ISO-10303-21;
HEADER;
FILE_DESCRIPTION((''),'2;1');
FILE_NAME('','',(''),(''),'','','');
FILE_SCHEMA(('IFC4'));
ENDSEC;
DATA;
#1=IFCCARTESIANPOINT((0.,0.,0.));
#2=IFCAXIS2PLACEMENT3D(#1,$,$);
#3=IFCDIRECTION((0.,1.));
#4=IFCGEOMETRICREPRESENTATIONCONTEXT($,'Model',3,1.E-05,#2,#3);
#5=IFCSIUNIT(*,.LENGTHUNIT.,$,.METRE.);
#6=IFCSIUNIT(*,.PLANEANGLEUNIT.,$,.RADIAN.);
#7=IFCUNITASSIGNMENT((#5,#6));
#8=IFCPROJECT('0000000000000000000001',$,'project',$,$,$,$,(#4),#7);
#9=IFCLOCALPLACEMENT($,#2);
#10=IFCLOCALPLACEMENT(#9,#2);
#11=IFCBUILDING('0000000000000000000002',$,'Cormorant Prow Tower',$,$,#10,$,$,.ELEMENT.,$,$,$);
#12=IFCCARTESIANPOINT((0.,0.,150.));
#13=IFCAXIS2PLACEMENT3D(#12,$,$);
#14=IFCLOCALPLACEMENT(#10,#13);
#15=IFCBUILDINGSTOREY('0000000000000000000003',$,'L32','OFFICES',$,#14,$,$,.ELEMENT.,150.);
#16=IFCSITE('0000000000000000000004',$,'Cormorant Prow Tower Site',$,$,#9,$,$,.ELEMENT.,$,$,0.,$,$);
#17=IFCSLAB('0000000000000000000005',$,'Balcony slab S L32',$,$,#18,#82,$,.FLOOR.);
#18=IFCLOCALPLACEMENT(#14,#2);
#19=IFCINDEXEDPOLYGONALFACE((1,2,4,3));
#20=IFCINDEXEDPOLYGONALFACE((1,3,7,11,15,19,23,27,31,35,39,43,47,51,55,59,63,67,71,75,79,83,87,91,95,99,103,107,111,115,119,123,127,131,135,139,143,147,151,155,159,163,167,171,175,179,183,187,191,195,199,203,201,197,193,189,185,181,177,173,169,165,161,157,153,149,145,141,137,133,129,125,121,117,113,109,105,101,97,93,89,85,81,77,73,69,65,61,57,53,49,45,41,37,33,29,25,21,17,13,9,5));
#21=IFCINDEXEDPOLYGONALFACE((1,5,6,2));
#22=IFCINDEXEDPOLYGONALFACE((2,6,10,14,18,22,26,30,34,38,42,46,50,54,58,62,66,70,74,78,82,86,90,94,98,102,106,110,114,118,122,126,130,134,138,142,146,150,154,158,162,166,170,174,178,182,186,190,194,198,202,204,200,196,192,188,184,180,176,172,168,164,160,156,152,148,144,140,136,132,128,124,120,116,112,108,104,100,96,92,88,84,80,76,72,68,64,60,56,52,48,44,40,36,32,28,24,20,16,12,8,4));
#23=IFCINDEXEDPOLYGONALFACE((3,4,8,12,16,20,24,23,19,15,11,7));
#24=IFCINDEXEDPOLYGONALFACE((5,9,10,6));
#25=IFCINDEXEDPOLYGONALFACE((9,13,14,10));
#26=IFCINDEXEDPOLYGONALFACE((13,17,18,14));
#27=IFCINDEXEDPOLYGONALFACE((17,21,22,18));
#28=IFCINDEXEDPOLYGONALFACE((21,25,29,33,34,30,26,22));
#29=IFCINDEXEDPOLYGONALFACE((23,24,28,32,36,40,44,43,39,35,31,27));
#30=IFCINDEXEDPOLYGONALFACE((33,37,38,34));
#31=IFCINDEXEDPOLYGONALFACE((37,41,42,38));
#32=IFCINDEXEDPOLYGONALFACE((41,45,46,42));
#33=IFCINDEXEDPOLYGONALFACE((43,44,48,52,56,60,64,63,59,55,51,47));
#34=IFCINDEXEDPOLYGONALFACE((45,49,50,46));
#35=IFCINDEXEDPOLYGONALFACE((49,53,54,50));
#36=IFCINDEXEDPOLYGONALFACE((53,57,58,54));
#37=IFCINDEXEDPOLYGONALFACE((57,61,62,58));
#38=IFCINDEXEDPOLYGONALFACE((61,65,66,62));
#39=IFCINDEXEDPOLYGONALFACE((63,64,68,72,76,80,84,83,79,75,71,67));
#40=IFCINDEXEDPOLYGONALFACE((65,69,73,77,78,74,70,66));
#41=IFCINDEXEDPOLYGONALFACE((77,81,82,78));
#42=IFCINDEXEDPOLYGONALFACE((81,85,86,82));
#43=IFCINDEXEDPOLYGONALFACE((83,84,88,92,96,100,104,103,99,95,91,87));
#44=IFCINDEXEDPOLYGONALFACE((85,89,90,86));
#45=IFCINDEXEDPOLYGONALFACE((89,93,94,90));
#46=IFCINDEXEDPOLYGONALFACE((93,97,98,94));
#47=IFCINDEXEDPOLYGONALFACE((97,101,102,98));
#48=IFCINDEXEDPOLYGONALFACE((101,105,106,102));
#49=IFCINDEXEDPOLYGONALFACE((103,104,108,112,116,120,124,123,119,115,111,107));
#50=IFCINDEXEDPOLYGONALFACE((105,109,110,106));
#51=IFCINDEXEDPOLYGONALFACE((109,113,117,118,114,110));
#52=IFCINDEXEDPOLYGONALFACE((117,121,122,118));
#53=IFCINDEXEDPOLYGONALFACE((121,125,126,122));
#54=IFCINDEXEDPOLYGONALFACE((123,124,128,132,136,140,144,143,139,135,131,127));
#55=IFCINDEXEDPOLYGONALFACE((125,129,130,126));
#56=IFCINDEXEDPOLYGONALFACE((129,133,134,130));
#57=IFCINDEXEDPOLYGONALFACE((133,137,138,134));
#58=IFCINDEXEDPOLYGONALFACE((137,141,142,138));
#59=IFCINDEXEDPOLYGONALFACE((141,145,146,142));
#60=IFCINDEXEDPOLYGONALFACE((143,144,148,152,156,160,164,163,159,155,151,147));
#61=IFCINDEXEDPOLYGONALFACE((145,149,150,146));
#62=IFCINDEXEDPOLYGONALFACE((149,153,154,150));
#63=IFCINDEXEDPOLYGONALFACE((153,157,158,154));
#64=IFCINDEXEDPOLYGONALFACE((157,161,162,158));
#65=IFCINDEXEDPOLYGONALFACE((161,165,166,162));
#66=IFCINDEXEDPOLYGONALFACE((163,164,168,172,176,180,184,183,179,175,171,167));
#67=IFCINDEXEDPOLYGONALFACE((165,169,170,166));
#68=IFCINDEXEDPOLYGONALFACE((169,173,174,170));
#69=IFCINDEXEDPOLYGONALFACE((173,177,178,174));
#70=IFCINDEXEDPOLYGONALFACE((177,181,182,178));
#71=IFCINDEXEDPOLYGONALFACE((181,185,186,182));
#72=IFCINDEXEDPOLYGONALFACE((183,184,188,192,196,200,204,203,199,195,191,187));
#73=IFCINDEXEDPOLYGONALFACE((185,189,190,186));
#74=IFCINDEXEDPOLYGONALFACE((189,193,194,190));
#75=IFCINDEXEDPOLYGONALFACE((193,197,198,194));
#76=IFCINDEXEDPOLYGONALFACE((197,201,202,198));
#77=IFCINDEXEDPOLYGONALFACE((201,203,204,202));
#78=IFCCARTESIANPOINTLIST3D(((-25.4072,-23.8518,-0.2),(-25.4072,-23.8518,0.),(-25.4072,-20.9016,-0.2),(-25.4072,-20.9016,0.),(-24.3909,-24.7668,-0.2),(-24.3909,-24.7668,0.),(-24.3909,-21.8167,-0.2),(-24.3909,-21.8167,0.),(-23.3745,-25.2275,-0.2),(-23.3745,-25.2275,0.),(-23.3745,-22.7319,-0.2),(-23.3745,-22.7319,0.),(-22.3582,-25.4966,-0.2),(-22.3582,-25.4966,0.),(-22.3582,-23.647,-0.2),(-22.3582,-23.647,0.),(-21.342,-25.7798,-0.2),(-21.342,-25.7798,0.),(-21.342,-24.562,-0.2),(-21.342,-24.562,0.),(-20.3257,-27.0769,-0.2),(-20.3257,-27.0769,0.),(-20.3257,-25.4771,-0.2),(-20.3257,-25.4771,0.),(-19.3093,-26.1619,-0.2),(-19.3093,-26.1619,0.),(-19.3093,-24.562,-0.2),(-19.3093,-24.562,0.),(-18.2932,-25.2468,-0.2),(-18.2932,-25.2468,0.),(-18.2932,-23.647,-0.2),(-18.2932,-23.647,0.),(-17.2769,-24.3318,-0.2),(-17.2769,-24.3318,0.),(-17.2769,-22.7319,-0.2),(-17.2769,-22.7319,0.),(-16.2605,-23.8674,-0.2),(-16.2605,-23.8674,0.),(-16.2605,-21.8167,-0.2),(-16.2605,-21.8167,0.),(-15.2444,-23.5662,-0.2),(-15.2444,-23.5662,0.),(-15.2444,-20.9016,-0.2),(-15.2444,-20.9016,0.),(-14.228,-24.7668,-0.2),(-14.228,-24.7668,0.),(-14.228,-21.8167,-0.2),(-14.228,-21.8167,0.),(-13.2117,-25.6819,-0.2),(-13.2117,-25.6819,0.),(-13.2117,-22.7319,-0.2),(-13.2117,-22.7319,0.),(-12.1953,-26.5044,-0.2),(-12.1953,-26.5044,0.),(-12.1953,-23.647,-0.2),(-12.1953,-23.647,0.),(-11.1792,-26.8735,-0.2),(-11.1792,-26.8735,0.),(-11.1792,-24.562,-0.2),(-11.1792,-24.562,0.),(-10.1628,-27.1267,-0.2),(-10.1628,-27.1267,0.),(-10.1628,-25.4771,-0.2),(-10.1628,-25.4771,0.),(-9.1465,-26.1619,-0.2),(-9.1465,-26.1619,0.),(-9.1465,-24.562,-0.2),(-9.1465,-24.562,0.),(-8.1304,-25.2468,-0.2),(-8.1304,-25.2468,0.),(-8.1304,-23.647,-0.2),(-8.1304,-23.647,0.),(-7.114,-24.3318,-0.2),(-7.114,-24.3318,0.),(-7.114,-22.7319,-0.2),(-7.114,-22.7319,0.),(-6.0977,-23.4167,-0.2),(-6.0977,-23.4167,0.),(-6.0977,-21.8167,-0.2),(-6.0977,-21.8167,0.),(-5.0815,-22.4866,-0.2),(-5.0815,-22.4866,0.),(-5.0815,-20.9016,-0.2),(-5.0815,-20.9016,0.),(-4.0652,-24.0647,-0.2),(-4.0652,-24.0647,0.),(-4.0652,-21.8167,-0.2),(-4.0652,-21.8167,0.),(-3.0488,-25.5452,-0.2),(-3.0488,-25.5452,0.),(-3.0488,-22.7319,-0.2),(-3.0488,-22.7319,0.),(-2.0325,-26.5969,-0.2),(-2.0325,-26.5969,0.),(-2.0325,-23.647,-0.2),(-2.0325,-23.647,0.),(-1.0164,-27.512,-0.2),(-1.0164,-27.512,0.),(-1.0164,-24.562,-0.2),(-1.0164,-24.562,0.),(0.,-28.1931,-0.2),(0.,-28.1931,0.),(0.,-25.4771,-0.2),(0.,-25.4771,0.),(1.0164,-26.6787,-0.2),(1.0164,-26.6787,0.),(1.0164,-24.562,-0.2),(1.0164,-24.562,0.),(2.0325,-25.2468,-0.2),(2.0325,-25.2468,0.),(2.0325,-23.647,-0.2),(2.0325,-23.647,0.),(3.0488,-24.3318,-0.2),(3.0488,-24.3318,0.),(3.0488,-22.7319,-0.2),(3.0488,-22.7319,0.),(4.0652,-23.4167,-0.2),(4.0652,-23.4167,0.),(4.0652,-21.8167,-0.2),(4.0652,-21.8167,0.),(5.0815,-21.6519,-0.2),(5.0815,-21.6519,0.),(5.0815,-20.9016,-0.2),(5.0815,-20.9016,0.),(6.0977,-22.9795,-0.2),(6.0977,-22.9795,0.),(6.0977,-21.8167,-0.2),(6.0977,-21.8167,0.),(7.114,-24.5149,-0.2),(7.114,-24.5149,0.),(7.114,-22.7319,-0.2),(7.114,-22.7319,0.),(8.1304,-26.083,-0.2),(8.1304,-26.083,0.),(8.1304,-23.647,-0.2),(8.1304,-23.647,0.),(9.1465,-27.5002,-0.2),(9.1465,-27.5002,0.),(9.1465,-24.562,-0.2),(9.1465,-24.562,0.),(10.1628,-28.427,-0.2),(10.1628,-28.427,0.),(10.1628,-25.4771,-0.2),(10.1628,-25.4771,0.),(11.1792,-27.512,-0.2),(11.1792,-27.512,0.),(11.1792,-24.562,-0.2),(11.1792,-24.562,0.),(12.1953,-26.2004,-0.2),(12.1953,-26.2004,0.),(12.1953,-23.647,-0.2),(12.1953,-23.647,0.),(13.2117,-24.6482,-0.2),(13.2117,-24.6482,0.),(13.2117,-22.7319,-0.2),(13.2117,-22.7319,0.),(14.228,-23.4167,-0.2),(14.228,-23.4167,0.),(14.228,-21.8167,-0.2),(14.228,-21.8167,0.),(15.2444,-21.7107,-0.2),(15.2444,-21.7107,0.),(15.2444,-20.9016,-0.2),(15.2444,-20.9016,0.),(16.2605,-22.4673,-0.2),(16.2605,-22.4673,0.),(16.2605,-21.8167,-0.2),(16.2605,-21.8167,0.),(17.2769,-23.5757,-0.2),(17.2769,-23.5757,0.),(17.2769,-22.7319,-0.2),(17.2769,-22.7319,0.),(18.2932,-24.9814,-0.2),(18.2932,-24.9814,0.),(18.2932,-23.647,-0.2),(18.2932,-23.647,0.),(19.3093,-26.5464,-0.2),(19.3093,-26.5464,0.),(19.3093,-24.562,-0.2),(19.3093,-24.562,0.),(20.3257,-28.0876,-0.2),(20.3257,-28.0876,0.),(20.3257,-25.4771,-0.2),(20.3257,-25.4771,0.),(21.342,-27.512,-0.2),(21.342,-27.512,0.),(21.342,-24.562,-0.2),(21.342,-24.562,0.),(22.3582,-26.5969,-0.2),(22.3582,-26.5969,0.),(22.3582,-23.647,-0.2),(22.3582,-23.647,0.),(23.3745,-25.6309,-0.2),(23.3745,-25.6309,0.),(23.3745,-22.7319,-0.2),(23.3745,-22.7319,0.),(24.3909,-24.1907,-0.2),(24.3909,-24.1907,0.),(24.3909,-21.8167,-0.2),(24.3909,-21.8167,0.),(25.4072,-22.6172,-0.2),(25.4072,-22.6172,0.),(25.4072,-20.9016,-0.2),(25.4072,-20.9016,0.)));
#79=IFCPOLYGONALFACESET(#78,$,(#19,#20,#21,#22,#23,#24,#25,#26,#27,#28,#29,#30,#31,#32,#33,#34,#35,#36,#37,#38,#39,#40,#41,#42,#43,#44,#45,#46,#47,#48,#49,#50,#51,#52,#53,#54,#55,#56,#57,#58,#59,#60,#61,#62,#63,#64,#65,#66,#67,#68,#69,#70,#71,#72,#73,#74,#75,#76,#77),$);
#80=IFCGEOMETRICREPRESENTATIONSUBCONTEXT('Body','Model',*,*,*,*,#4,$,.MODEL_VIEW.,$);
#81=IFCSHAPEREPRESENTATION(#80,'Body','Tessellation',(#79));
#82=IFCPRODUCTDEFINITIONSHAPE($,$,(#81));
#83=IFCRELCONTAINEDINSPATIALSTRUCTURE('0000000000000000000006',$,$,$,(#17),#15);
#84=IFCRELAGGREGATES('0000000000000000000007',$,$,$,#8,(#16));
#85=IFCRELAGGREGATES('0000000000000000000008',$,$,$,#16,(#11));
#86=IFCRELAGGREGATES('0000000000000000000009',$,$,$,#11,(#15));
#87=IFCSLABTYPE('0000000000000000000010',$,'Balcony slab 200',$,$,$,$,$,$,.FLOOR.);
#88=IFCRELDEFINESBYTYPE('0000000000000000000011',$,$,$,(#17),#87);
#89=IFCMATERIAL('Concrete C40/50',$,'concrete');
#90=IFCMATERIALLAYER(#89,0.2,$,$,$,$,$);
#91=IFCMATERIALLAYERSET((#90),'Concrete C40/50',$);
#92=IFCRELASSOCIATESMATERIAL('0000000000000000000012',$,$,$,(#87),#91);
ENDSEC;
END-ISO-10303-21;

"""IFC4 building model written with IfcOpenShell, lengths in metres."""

from ifc_helpers import new_model, si_unit, direction, frame, origin, place, context, subcontext, project, spatial, polyline, outline, extrude, material, layer, layer_set, type_object, element, save


model = new_model("IFC4")

# Units and contexts
model_context = context("Model", 3, precision=1e-05, world=origin(), true_north=direction((0.0, 1.0)))
body_context = subcontext(model_context, "Body", "Model", "MODEL_VIEW")
ifc_project = project(units=[si_unit("LENGTHUNIT", "METRE"), si_unit("PLANEANGLEUNIT", "RADIAN")], contexts=[model_context])

# Site, building, storey
site_placement = place(None, origin())
site = spatial("IfcSite", under=ifc_project, at=site_placement, Name="Cormorant Prow Tower Site", CompositionType="ELEMENT", RefElevation=0.0)
building_placement = place(site_placement, origin())
building = spatial("IfcBuilding", under=site, at=building_placement, Name="Cormorant Prow Tower", CompositionType="ELEMENT")
storey_placement = place(building_placement, frame((0.0, 0.0, 150.0)))
storey = spatial("IfcBuildingStorey", under=building, at=storey_placement, Name="L32", Description="OFFICES", CompositionType="ELEMENT", Elevation=150.0)

# Slab
ifc_material_1 = material(Name="Concrete C40/50", Category="concrete")
ifc_layer_1 = layer(ifc_material_1, 0.2)
ifc_layer_set_1 = layer_set([ifc_layer_1], Name="Concrete C40/50")
slab_type_1 = type_object("IfcSlabType", Name="Balcony slab 200", PredefinedType="FLOOR", material=ifc_layer_set_1)
slab_1_placement = place(storey_placement, frame((0.0, 0.0, -0.2)))
element("IfcSlab", 1, at=slab_1_placement, inside=storey, type_object=slab_type_1, Name="Balcony slab S L32", PredefinedType="FLOOR", context=body_context, shape_type="SweptSolid", body=[
    extrude(outline(polyline([(-25.4072, -20.9016), (-25.4072, -23.8518), (-24.3909, -24.7668), (-23.3745, -25.2275), (-22.3582, -25.4966), (-21.342, -25.7798), (-20.3257, -27.0769), (-19.3093, -26.1619), (-18.2932, -25.2468), (-17.2769, -24.3318), (-16.2605, -23.8674), (-15.2444, -23.5662), (-14.228, -24.7668), (-13.2117, -25.6819), (-12.1953, -26.5044), (-11.1792, -26.8735), (-10.1628, -27.1267), (-9.1465, -26.1619), (-8.1304, -25.2468), (-7.114, -24.3318), (-6.0977, -23.4167), (-5.0815, -22.4866), (-4.0652, -24.0647), (-3.0488, -25.5452), (-2.0325, -26.5969), (-1.0164, -27.512), (0.0, -28.1931), (1.0164, -26.6787), (2.0325, -25.2468), (3.0488, -24.3318), (4.0652, -23.4167), (5.0815, -21.6519), (6.0977, -22.9795), (7.114, -24.5149), (8.1304, -26.083), (9.1465, -27.5002), (10.1628, -28.427), (11.1792, -27.512), (12.1953, -26.2004), (13.2117, -24.6482), (14.228, -23.4167), (15.2444, -21.7107), (16.2605, -22.4673), (17.2769, -23.5757), (18.2932, -24.9814), (19.3093, -26.5464), (20.3257, -28.0876), (21.342, -27.512), (22.3582, -26.5969), (23.3745, -25.6309), (24.3909, -24.1907), (25.4072, -22.6172), (25.4072, -20.9016), (24.3909, -21.8167), (23.3745, -22.7319), (22.3582, -23.647), (21.342, -24.562), (20.3257, -25.4771), (19.3093, -24.562), (18.2932, -23.647), (17.2769, -22.7319), (16.2605, -21.8167), (15.2444, -20.9016), (14.228, -21.8167), (13.2117, -22.7319), (12.1953, -23.647), (11.1792, -24.562), (10.1628, -25.4771), (9.1465, -24.562), (8.1304, -23.647), (7.114, -22.7319), (6.0977, -21.8167), (5.0815, -20.9016), (4.0652, -21.8167), (3.0488, -22.7319), (2.0325, -23.647), (1.0164, -24.562), (0.0, -25.4771), (-1.0164, -24.562), (-2.0325, -23.647), (-3.0488, -22.7319), (-4.0652, -21.8167), (-5.0815, -20.9016), (-6.0977, -21.8167), (-7.114, -22.7319), (-8.1304, -23.647), (-9.1465, -24.562), (-10.1628, -25.4771), (-11.1792, -24.562), (-12.1953, -23.647), (-13.2117, -22.7319), (-14.228, -21.8167), (-15.2444, -20.9016), (-16.2605, -21.8167), (-17.2769, -22.7319), (-18.2932, -23.647), (-19.3093, -24.562), (-20.3257, -25.4771), (-21.342, -24.562), (-22.3582, -23.647), (-23.3745, -22.7319), (-24.3909, -21.8167), (-25.4072, -20.9016)])), origin(), (0.0, 0.0, 1.0), 0.2),
])

save(model, "model.ifc")
